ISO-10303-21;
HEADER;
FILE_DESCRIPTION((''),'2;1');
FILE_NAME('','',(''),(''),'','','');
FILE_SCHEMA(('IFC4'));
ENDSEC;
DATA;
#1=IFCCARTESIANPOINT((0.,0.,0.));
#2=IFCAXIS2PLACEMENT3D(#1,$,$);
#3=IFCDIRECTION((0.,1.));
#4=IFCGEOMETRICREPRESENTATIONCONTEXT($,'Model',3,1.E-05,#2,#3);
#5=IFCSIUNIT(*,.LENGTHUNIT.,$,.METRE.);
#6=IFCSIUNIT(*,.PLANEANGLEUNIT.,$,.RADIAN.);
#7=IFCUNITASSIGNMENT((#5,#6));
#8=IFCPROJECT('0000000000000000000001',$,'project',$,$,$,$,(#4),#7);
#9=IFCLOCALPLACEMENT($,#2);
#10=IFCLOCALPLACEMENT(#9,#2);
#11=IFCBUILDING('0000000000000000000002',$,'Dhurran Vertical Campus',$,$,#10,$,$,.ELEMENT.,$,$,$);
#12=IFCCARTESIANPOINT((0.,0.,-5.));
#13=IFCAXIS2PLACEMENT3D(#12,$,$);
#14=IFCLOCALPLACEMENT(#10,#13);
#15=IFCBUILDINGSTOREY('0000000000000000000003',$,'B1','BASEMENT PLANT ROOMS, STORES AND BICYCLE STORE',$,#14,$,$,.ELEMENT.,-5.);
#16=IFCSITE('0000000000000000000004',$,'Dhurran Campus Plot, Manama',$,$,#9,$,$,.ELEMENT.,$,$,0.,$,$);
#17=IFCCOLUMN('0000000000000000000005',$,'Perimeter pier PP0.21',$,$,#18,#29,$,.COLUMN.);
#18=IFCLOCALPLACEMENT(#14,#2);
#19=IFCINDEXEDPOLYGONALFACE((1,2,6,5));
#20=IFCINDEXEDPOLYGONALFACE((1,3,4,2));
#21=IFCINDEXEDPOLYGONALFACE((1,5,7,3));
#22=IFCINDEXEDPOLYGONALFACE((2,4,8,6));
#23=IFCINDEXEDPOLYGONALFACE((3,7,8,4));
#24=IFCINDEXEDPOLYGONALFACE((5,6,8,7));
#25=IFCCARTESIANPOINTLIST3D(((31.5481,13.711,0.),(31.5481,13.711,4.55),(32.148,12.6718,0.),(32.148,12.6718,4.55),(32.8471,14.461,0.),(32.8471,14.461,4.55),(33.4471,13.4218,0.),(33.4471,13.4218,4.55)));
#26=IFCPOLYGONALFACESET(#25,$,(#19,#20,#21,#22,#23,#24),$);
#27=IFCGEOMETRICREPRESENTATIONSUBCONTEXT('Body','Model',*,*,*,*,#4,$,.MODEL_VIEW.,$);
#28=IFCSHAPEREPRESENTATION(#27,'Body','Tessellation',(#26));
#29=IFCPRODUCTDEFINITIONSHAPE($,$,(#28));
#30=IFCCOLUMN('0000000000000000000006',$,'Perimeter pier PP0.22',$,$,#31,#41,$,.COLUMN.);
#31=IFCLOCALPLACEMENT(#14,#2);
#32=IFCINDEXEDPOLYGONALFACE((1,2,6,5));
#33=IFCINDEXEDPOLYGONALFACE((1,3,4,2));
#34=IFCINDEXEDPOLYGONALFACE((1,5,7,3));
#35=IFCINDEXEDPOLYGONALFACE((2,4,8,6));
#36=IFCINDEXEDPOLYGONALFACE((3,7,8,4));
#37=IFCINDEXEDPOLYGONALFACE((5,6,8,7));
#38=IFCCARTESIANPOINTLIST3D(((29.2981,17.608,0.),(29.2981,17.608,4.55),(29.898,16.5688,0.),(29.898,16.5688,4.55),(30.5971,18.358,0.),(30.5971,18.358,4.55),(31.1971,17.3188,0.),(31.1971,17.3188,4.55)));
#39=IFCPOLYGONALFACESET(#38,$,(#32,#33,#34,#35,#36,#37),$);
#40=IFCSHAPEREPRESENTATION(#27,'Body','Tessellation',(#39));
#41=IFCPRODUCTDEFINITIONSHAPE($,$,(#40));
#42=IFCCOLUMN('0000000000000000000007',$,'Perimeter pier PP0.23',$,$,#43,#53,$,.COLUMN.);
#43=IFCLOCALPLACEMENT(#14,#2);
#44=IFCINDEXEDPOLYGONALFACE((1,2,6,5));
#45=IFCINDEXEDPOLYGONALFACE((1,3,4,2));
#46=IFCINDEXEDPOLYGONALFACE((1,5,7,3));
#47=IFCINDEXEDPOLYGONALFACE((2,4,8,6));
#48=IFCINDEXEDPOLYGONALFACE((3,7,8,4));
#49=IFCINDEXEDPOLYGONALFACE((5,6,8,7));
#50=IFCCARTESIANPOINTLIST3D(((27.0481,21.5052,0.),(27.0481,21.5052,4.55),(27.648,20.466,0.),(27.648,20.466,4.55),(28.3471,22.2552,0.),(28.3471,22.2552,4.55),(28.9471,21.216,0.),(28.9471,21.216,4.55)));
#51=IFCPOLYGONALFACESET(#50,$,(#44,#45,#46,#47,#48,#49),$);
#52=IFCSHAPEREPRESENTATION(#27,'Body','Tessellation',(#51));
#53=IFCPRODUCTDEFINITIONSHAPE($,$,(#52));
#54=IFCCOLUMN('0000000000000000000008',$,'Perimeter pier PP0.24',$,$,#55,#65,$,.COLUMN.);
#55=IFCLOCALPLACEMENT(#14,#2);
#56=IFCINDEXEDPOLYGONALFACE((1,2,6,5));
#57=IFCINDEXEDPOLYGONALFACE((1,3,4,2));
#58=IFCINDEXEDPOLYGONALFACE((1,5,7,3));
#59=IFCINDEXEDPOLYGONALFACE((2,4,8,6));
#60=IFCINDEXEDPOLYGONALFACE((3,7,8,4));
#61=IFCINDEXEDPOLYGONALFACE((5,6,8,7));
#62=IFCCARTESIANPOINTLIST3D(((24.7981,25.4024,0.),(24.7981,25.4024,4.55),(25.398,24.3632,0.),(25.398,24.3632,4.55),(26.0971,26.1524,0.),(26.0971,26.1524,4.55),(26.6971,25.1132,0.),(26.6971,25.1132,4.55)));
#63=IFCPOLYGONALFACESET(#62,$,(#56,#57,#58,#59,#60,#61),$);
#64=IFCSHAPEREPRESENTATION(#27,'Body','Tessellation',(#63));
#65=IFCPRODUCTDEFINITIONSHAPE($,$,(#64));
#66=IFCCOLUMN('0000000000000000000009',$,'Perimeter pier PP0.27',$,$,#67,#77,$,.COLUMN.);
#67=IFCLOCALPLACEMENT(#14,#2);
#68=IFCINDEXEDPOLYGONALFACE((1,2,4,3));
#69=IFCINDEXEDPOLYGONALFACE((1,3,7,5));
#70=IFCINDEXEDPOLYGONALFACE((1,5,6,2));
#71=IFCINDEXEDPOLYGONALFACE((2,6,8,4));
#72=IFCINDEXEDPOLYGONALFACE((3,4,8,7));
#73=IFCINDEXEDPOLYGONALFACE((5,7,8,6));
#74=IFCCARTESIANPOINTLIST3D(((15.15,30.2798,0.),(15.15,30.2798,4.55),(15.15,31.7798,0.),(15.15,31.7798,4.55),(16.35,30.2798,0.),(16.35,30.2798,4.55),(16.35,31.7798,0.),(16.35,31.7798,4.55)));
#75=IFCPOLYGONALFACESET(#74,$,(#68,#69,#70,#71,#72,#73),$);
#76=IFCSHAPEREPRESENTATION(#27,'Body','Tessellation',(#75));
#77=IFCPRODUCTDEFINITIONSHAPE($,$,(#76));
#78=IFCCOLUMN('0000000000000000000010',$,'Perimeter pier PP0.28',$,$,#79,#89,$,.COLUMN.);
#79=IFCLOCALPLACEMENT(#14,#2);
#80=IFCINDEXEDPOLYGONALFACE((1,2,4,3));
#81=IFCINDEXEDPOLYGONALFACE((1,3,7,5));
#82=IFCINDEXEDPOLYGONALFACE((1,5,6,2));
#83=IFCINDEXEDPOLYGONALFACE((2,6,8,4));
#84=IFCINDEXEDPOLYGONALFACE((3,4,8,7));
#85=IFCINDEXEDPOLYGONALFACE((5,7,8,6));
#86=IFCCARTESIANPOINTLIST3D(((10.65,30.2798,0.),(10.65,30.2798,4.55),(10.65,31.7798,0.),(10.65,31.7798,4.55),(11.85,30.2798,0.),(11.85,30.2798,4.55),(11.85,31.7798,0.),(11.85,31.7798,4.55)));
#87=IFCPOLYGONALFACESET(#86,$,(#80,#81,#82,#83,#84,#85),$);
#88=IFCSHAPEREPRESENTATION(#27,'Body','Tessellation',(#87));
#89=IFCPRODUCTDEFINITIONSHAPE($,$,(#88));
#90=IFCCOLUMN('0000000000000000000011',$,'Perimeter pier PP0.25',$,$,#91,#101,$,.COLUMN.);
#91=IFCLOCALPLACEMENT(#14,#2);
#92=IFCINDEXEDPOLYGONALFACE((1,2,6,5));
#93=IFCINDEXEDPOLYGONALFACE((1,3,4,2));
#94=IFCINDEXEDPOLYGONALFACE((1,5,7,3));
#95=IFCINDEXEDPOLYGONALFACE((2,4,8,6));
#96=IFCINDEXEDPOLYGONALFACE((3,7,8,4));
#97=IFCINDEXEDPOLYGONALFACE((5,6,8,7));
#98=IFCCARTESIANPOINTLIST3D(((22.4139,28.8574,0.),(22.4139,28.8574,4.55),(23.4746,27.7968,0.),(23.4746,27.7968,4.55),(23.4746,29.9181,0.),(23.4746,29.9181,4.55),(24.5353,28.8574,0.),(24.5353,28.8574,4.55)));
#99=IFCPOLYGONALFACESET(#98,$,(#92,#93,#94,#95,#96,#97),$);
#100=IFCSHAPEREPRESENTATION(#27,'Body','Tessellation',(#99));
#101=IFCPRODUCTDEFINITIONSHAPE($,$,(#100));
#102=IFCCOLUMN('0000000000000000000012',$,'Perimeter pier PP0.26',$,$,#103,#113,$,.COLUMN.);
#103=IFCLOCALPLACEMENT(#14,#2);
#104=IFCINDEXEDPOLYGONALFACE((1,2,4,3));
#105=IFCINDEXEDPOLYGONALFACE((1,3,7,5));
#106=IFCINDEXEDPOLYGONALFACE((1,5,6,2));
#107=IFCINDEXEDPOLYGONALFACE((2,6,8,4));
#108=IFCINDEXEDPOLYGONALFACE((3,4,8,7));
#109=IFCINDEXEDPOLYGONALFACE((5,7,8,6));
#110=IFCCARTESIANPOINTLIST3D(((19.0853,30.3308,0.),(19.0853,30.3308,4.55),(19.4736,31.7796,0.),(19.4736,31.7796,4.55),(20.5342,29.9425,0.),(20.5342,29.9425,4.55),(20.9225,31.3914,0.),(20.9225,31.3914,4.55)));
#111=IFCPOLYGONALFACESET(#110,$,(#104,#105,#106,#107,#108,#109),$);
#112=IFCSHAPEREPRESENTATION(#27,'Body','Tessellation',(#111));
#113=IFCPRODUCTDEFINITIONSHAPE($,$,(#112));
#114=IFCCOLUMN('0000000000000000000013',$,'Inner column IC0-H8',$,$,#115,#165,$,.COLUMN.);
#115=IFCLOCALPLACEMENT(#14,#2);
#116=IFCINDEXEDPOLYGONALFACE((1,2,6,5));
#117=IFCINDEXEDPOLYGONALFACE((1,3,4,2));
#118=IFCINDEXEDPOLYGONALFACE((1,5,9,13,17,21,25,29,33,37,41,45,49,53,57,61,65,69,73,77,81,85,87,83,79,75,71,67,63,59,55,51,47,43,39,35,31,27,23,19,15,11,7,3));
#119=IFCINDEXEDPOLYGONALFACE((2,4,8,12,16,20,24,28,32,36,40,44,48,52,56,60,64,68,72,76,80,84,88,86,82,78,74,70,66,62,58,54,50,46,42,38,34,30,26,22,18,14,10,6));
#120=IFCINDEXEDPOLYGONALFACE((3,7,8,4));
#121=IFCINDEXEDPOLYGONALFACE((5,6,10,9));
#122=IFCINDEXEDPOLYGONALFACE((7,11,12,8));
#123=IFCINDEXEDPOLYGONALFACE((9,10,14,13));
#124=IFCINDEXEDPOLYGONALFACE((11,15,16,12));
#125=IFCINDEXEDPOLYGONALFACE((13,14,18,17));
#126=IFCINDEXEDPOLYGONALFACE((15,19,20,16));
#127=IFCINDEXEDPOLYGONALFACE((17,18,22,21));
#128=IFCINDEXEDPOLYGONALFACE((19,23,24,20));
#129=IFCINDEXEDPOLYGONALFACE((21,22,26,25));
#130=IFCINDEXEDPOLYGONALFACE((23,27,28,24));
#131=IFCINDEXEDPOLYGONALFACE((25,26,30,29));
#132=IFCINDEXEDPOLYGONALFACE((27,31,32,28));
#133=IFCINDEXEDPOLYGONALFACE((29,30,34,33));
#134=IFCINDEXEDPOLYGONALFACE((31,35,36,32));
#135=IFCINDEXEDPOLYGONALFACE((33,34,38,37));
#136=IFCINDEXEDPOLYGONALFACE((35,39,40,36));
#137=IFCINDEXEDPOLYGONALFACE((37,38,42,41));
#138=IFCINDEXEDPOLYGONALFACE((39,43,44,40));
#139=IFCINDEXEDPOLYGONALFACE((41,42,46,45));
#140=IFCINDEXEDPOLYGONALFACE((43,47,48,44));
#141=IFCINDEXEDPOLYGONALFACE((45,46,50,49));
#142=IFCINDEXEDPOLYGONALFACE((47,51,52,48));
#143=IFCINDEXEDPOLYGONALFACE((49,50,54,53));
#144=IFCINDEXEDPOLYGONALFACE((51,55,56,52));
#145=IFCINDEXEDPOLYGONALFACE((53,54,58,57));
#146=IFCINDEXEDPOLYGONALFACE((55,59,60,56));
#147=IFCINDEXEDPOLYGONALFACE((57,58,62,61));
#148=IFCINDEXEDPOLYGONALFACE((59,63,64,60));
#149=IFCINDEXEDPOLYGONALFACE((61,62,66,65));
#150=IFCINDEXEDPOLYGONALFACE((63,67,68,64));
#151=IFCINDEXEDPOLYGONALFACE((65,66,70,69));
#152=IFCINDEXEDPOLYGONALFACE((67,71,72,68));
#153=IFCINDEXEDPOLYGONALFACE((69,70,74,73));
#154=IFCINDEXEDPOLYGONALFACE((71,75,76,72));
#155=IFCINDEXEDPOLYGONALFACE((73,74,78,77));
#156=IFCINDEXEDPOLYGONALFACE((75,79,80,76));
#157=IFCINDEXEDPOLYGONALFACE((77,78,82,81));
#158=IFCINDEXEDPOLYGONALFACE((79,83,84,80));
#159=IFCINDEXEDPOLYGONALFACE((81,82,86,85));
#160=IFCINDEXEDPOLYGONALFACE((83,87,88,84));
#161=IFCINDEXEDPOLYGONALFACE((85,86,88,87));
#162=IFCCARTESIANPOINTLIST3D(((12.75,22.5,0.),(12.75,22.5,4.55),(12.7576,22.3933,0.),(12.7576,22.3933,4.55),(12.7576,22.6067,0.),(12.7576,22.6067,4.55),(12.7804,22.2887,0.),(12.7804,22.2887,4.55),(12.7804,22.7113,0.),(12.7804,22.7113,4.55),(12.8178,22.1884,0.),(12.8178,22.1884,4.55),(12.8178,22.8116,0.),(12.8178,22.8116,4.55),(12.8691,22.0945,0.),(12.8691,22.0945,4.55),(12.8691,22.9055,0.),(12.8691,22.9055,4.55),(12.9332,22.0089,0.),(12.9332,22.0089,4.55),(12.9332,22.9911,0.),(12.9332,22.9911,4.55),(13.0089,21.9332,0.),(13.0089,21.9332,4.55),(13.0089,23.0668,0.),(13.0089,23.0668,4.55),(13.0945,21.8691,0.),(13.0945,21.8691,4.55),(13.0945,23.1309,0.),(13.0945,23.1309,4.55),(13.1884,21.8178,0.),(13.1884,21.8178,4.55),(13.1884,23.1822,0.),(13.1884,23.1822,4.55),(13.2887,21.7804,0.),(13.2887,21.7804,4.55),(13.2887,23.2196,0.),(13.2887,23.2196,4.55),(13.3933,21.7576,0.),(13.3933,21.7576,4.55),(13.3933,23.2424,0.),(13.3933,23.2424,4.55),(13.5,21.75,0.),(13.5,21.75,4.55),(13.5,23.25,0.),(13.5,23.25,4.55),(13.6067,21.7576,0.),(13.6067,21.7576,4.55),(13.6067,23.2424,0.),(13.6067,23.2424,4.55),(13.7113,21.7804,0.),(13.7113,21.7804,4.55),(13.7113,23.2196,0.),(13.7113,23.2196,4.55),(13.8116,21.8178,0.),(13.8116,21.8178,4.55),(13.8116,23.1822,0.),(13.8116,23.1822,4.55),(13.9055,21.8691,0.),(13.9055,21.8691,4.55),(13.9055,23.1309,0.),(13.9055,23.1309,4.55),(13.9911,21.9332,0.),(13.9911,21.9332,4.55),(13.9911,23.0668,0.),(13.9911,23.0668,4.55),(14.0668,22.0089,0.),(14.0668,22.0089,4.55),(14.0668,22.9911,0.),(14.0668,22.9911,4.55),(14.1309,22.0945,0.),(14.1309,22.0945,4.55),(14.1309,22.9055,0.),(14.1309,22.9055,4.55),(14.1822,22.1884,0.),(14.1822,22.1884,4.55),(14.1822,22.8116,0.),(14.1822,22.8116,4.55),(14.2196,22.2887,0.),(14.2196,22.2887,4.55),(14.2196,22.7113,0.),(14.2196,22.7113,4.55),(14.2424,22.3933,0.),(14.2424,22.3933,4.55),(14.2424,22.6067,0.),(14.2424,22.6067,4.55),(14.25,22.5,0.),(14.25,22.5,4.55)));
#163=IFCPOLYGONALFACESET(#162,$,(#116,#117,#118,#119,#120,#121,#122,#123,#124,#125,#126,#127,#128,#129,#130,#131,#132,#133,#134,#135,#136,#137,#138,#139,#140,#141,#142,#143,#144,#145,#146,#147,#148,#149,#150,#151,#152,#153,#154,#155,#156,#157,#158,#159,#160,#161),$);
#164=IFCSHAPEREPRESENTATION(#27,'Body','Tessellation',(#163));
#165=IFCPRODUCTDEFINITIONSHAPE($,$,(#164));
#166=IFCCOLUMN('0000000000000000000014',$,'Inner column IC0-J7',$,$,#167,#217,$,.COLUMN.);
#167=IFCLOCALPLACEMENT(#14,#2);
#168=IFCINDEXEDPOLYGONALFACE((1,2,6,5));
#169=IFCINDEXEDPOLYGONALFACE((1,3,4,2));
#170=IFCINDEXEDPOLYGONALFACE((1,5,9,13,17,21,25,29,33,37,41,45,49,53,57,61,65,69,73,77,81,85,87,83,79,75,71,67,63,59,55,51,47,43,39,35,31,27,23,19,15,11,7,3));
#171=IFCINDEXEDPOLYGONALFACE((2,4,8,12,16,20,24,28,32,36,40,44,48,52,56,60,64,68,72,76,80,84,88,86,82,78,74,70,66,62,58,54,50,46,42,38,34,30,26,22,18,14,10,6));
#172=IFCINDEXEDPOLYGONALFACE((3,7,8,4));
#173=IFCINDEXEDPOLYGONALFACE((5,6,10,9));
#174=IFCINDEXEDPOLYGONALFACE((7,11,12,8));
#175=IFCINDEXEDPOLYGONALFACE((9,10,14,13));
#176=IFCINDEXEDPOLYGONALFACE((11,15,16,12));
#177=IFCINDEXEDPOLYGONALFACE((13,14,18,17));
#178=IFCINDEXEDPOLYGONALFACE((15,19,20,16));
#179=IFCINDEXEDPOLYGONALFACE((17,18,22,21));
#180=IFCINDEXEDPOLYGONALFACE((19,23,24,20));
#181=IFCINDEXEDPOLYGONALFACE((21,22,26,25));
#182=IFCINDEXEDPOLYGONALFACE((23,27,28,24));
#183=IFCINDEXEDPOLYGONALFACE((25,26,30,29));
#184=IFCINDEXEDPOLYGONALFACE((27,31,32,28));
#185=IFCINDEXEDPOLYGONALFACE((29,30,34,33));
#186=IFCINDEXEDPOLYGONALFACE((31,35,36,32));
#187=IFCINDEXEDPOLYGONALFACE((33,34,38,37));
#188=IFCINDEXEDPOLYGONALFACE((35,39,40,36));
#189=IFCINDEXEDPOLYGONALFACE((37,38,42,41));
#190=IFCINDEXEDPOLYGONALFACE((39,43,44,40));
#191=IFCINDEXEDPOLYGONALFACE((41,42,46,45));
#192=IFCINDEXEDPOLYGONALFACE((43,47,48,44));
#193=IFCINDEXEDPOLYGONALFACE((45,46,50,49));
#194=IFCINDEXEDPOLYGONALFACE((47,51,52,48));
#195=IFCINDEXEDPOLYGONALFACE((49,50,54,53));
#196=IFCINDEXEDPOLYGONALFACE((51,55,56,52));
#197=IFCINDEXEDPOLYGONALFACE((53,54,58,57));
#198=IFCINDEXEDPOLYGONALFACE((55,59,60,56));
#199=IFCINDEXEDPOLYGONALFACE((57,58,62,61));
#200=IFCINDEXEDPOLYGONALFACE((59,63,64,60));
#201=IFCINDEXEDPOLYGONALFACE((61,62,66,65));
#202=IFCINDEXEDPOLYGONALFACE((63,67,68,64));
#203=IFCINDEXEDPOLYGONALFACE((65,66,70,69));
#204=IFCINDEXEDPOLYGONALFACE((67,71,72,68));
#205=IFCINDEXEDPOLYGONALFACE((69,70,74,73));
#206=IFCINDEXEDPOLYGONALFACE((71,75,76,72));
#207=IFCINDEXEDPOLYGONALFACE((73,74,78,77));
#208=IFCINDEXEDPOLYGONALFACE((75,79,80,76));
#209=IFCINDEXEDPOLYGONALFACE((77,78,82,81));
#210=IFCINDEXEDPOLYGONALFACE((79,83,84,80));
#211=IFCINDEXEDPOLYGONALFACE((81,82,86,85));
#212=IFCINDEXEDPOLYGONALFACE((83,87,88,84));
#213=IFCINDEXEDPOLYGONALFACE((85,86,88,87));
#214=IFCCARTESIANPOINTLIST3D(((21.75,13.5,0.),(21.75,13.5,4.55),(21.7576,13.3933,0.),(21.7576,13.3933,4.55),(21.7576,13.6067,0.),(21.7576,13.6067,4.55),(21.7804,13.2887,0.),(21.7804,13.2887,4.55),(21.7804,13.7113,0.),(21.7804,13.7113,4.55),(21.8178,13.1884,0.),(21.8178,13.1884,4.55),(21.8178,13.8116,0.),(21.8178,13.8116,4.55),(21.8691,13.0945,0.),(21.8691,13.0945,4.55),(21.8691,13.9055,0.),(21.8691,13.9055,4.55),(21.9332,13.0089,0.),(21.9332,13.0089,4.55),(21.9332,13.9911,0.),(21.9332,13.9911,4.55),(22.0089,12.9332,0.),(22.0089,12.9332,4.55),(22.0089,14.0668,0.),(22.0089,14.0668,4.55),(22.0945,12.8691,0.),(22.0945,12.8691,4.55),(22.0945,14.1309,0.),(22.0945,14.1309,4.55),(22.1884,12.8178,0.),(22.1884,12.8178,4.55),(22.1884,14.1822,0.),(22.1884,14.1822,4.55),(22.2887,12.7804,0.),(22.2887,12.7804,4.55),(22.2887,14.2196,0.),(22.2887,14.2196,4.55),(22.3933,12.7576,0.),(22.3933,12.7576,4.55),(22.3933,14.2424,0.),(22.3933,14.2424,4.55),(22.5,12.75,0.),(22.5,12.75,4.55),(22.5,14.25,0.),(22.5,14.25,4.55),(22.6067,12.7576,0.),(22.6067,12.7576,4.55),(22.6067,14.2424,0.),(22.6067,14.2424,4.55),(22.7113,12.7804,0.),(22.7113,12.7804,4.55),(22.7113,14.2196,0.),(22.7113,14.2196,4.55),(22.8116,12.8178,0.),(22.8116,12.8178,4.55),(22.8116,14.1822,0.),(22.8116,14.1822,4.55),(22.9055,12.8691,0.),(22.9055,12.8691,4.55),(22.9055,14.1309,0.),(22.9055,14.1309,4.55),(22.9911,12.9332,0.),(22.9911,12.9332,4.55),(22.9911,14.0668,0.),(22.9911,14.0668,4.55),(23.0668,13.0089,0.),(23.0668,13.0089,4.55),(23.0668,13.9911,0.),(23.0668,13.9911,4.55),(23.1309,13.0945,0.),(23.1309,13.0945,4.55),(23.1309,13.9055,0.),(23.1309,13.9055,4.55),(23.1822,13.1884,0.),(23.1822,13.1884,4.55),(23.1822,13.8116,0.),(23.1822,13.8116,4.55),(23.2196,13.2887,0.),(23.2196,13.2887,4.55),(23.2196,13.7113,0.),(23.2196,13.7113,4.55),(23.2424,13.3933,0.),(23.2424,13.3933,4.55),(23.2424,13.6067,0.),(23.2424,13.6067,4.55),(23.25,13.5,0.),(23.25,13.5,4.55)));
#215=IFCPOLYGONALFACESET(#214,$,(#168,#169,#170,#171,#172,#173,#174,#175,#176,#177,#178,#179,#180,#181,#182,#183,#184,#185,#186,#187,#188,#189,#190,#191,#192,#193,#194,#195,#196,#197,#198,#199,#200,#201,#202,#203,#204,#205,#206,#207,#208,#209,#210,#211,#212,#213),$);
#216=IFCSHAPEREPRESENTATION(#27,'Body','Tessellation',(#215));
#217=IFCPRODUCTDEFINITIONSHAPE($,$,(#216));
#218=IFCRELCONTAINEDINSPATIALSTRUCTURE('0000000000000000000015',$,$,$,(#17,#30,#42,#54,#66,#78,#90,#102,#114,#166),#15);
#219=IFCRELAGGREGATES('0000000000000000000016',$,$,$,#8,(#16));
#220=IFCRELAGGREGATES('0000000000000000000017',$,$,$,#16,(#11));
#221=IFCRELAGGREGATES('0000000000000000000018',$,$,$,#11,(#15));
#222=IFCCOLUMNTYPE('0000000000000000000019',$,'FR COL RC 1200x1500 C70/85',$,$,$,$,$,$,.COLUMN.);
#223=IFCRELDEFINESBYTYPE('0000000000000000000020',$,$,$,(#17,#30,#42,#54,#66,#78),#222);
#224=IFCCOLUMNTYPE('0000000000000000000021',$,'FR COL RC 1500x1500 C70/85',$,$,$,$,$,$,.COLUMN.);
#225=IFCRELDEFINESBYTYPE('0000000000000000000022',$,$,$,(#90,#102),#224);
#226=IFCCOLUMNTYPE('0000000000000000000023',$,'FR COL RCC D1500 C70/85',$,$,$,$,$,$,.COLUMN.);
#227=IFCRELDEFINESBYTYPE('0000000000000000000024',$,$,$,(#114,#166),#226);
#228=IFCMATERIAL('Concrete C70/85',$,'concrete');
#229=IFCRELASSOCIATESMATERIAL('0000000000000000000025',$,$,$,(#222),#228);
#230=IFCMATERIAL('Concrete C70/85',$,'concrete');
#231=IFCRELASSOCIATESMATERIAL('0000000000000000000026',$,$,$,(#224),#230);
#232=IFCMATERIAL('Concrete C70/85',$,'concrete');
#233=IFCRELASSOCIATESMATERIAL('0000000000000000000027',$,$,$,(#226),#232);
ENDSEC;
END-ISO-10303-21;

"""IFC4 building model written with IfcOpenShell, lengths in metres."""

from ifc_helpers import new_model, si_unit, direction, frame, origin, origin_2d, place, context, subcontext, project, spatial, rectangle, circle, extrude, material, material_profile, profile_set, type_object, element, save


model = new_model("IFC4")

# Units and contexts
model_context = context("Model", 3, precision=1e-05, world=origin(), true_north=direction((0.0, 1.0)))
body_context = subcontext(model_context, "Body", "Model", "MODEL_VIEW")
ifc_project = project(units=[si_unit("LENGTHUNIT", "METRE"), si_unit("PLANEANGLEUNIT", "RADIAN")], contexts=[model_context])

# Site, building, storey
site_placement = place(None, origin())
site = spatial("IfcSite", under=ifc_project, at=site_placement, Name="Dhurran Campus Plot, Manama", CompositionType="ELEMENT", RefElevation=0.0)
building_placement = place(site_placement, origin())
building = spatial("IfcBuilding", under=site, at=building_placement, Name="Dhurran Vertical Campus", CompositionType="ELEMENT")
storey_placement = place(building_placement, frame((0.0, 0.0, -5.0)))
storey = spatial("IfcBuildingStorey", under=building, at=storey_placement, Name="B1", Description="BASEMENT PLANT ROOMS, STORES AND BICYCLE STORE", CompositionType="ELEMENT", Elevation=-5.0)

# Columns
ifc_material_1 = material(Name="Concrete C70/85", Category="concrete")
ifc_material_profile_1 = material_profile(ifc_material_1, rectangle(XDim=1.2, YDim=1.5, at=origin_2d()), Name="RC 1200x1500")
ifc_profile_set_1 = profile_set([ifc_material_profile_1], Name="Concrete C70/85")
column_type_1 = type_object("IfcColumnType", Name="FR COL RC 1200x1500 C70/85", PredefinedType="COLUMN", material=ifc_profile_set_1)
for number, where, z_axis, x_axis, name in (
    (1, (32.4976, 13.5664, 0.0), (0.0, 0.0, 1.0), (-0.5, 0.866025, 0.0), "Perimeter pier PP0.21"),
    (2, (30.2476, 17.4634, 0.0), (0.0, 0.0, 1.0), (-0.5, 0.866025, 0.0), "Perimeter pier PP0.22"),
    (3, (27.9976, 21.3606, 0.0), (0.0, 0.0, 1.0), (-0.5, 0.866025, 0.0), "Perimeter pier PP0.23"),
    (4, (25.7476, 25.2578, 0.0), (0.0, 0.0, 1.0), (-0.5, 0.866025, 0.0), "Perimeter pier PP0.24"),
    (5, (15.75, 31.0298, 0.0), (0.0, 0.0, 1.0), (-1.0, 0.0, 0.0), "Perimeter pier PP0.27"),
    (6, (11.25, 31.0298, 0.0), (0.0, 0.0, 1.0), (-1.0, 0.0, 0.0), "Perimeter pier PP0.28"),
):
    element("IfcColumn", number, at=place(storey_placement, frame(where, z_axis=z_axis, x_axis=x_axis)), inside=storey, type_object=column_type_1, Name=name, PredefinedType="COLUMN", context=body_context, shape_type="SweptSolid", body=[
        extrude(rectangle(XDim=1.2, YDim=1.5, at=origin_2d()), origin(), (0.0, 0.0, 1.0), 4.55),
    ])
ifc_material_2 = material(Name="Concrete C70/85", Category="concrete")
ifc_material_profile_2 = material_profile(ifc_material_2, rectangle(XDim=1.5, YDim=1.5, at=origin_2d()), Name="RC 1500x1500")
ifc_profile_set_2 = profile_set([ifc_material_profile_2], Name="Concrete C70/85")
column_type_2 = type_object("IfcColumnType", Name="FR COL RC 1500x1500 C70/85", PredefinedType="COLUMN", material=ifc_profile_set_2)
for number, where, z_axis, x_axis, name in (
    (7, (23.4746, 28.8574, 0.0), (0.0, 0.0, 1.0), (-0.707107, 0.707107, 0.0), "Perimeter pier PP0.25"),
    (8, (20.0039, 30.8611, 0.0), (0.0, 0.0, 1.0), (-0.965926, 0.258819, 0.0), "Perimeter pier PP0.26"),
):
    element("IfcColumn", number, at=place(storey_placement, frame(where, z_axis=z_axis, x_axis=x_axis)), inside=storey, type_object=column_type_2, Name=name, PredefinedType="COLUMN", context=body_context, shape_type="SweptSolid", body=[
        extrude(rectangle(XDim=1.5, YDim=1.5, at=origin_2d()), origin(), (0.0, 0.0, 1.0), 4.55),
    ])
ifc_material_3 = material(Name="Concrete C70/85", Category="concrete")
ifc_material_profile_3 = material_profile(ifc_material_3, circle(Radius=0.75, at=origin_2d()), Name="RCC D1500")
ifc_profile_set_3 = profile_set([ifc_material_profile_3], Name="Concrete C70/85")
column_type_3 = type_object("IfcColumnType", Name="FR COL RCC D1500 C70/85", PredefinedType="COLUMN", material=ifc_profile_set_3)
for number, where, z_axis, x_axis, name in (
    (9, (13.5, 22.5, 0.0), (0.0, 0.0, 1.0), (1.0, 0.0, 0.0), "Inner column IC0-H8"),
    (10, (22.5, 13.5, 0.0), (0.0, 0.0, 1.0), (1.0, 0.0, 0.0), "Inner column IC0-J7"),
):
    element("IfcColumn", number, at=place(storey_placement, frame(where, z_axis=z_axis, x_axis=x_axis)), inside=storey, type_object=column_type_3, Name=name, PredefinedType="COLUMN", context=body_context, shape_type="SweptSolid", body=[
        extrude(circle(Radius=0.75, at=origin_2d()), origin(), (0.0, 0.0, 1.0), 4.55),
    ])

save(model, "model.ifc")
